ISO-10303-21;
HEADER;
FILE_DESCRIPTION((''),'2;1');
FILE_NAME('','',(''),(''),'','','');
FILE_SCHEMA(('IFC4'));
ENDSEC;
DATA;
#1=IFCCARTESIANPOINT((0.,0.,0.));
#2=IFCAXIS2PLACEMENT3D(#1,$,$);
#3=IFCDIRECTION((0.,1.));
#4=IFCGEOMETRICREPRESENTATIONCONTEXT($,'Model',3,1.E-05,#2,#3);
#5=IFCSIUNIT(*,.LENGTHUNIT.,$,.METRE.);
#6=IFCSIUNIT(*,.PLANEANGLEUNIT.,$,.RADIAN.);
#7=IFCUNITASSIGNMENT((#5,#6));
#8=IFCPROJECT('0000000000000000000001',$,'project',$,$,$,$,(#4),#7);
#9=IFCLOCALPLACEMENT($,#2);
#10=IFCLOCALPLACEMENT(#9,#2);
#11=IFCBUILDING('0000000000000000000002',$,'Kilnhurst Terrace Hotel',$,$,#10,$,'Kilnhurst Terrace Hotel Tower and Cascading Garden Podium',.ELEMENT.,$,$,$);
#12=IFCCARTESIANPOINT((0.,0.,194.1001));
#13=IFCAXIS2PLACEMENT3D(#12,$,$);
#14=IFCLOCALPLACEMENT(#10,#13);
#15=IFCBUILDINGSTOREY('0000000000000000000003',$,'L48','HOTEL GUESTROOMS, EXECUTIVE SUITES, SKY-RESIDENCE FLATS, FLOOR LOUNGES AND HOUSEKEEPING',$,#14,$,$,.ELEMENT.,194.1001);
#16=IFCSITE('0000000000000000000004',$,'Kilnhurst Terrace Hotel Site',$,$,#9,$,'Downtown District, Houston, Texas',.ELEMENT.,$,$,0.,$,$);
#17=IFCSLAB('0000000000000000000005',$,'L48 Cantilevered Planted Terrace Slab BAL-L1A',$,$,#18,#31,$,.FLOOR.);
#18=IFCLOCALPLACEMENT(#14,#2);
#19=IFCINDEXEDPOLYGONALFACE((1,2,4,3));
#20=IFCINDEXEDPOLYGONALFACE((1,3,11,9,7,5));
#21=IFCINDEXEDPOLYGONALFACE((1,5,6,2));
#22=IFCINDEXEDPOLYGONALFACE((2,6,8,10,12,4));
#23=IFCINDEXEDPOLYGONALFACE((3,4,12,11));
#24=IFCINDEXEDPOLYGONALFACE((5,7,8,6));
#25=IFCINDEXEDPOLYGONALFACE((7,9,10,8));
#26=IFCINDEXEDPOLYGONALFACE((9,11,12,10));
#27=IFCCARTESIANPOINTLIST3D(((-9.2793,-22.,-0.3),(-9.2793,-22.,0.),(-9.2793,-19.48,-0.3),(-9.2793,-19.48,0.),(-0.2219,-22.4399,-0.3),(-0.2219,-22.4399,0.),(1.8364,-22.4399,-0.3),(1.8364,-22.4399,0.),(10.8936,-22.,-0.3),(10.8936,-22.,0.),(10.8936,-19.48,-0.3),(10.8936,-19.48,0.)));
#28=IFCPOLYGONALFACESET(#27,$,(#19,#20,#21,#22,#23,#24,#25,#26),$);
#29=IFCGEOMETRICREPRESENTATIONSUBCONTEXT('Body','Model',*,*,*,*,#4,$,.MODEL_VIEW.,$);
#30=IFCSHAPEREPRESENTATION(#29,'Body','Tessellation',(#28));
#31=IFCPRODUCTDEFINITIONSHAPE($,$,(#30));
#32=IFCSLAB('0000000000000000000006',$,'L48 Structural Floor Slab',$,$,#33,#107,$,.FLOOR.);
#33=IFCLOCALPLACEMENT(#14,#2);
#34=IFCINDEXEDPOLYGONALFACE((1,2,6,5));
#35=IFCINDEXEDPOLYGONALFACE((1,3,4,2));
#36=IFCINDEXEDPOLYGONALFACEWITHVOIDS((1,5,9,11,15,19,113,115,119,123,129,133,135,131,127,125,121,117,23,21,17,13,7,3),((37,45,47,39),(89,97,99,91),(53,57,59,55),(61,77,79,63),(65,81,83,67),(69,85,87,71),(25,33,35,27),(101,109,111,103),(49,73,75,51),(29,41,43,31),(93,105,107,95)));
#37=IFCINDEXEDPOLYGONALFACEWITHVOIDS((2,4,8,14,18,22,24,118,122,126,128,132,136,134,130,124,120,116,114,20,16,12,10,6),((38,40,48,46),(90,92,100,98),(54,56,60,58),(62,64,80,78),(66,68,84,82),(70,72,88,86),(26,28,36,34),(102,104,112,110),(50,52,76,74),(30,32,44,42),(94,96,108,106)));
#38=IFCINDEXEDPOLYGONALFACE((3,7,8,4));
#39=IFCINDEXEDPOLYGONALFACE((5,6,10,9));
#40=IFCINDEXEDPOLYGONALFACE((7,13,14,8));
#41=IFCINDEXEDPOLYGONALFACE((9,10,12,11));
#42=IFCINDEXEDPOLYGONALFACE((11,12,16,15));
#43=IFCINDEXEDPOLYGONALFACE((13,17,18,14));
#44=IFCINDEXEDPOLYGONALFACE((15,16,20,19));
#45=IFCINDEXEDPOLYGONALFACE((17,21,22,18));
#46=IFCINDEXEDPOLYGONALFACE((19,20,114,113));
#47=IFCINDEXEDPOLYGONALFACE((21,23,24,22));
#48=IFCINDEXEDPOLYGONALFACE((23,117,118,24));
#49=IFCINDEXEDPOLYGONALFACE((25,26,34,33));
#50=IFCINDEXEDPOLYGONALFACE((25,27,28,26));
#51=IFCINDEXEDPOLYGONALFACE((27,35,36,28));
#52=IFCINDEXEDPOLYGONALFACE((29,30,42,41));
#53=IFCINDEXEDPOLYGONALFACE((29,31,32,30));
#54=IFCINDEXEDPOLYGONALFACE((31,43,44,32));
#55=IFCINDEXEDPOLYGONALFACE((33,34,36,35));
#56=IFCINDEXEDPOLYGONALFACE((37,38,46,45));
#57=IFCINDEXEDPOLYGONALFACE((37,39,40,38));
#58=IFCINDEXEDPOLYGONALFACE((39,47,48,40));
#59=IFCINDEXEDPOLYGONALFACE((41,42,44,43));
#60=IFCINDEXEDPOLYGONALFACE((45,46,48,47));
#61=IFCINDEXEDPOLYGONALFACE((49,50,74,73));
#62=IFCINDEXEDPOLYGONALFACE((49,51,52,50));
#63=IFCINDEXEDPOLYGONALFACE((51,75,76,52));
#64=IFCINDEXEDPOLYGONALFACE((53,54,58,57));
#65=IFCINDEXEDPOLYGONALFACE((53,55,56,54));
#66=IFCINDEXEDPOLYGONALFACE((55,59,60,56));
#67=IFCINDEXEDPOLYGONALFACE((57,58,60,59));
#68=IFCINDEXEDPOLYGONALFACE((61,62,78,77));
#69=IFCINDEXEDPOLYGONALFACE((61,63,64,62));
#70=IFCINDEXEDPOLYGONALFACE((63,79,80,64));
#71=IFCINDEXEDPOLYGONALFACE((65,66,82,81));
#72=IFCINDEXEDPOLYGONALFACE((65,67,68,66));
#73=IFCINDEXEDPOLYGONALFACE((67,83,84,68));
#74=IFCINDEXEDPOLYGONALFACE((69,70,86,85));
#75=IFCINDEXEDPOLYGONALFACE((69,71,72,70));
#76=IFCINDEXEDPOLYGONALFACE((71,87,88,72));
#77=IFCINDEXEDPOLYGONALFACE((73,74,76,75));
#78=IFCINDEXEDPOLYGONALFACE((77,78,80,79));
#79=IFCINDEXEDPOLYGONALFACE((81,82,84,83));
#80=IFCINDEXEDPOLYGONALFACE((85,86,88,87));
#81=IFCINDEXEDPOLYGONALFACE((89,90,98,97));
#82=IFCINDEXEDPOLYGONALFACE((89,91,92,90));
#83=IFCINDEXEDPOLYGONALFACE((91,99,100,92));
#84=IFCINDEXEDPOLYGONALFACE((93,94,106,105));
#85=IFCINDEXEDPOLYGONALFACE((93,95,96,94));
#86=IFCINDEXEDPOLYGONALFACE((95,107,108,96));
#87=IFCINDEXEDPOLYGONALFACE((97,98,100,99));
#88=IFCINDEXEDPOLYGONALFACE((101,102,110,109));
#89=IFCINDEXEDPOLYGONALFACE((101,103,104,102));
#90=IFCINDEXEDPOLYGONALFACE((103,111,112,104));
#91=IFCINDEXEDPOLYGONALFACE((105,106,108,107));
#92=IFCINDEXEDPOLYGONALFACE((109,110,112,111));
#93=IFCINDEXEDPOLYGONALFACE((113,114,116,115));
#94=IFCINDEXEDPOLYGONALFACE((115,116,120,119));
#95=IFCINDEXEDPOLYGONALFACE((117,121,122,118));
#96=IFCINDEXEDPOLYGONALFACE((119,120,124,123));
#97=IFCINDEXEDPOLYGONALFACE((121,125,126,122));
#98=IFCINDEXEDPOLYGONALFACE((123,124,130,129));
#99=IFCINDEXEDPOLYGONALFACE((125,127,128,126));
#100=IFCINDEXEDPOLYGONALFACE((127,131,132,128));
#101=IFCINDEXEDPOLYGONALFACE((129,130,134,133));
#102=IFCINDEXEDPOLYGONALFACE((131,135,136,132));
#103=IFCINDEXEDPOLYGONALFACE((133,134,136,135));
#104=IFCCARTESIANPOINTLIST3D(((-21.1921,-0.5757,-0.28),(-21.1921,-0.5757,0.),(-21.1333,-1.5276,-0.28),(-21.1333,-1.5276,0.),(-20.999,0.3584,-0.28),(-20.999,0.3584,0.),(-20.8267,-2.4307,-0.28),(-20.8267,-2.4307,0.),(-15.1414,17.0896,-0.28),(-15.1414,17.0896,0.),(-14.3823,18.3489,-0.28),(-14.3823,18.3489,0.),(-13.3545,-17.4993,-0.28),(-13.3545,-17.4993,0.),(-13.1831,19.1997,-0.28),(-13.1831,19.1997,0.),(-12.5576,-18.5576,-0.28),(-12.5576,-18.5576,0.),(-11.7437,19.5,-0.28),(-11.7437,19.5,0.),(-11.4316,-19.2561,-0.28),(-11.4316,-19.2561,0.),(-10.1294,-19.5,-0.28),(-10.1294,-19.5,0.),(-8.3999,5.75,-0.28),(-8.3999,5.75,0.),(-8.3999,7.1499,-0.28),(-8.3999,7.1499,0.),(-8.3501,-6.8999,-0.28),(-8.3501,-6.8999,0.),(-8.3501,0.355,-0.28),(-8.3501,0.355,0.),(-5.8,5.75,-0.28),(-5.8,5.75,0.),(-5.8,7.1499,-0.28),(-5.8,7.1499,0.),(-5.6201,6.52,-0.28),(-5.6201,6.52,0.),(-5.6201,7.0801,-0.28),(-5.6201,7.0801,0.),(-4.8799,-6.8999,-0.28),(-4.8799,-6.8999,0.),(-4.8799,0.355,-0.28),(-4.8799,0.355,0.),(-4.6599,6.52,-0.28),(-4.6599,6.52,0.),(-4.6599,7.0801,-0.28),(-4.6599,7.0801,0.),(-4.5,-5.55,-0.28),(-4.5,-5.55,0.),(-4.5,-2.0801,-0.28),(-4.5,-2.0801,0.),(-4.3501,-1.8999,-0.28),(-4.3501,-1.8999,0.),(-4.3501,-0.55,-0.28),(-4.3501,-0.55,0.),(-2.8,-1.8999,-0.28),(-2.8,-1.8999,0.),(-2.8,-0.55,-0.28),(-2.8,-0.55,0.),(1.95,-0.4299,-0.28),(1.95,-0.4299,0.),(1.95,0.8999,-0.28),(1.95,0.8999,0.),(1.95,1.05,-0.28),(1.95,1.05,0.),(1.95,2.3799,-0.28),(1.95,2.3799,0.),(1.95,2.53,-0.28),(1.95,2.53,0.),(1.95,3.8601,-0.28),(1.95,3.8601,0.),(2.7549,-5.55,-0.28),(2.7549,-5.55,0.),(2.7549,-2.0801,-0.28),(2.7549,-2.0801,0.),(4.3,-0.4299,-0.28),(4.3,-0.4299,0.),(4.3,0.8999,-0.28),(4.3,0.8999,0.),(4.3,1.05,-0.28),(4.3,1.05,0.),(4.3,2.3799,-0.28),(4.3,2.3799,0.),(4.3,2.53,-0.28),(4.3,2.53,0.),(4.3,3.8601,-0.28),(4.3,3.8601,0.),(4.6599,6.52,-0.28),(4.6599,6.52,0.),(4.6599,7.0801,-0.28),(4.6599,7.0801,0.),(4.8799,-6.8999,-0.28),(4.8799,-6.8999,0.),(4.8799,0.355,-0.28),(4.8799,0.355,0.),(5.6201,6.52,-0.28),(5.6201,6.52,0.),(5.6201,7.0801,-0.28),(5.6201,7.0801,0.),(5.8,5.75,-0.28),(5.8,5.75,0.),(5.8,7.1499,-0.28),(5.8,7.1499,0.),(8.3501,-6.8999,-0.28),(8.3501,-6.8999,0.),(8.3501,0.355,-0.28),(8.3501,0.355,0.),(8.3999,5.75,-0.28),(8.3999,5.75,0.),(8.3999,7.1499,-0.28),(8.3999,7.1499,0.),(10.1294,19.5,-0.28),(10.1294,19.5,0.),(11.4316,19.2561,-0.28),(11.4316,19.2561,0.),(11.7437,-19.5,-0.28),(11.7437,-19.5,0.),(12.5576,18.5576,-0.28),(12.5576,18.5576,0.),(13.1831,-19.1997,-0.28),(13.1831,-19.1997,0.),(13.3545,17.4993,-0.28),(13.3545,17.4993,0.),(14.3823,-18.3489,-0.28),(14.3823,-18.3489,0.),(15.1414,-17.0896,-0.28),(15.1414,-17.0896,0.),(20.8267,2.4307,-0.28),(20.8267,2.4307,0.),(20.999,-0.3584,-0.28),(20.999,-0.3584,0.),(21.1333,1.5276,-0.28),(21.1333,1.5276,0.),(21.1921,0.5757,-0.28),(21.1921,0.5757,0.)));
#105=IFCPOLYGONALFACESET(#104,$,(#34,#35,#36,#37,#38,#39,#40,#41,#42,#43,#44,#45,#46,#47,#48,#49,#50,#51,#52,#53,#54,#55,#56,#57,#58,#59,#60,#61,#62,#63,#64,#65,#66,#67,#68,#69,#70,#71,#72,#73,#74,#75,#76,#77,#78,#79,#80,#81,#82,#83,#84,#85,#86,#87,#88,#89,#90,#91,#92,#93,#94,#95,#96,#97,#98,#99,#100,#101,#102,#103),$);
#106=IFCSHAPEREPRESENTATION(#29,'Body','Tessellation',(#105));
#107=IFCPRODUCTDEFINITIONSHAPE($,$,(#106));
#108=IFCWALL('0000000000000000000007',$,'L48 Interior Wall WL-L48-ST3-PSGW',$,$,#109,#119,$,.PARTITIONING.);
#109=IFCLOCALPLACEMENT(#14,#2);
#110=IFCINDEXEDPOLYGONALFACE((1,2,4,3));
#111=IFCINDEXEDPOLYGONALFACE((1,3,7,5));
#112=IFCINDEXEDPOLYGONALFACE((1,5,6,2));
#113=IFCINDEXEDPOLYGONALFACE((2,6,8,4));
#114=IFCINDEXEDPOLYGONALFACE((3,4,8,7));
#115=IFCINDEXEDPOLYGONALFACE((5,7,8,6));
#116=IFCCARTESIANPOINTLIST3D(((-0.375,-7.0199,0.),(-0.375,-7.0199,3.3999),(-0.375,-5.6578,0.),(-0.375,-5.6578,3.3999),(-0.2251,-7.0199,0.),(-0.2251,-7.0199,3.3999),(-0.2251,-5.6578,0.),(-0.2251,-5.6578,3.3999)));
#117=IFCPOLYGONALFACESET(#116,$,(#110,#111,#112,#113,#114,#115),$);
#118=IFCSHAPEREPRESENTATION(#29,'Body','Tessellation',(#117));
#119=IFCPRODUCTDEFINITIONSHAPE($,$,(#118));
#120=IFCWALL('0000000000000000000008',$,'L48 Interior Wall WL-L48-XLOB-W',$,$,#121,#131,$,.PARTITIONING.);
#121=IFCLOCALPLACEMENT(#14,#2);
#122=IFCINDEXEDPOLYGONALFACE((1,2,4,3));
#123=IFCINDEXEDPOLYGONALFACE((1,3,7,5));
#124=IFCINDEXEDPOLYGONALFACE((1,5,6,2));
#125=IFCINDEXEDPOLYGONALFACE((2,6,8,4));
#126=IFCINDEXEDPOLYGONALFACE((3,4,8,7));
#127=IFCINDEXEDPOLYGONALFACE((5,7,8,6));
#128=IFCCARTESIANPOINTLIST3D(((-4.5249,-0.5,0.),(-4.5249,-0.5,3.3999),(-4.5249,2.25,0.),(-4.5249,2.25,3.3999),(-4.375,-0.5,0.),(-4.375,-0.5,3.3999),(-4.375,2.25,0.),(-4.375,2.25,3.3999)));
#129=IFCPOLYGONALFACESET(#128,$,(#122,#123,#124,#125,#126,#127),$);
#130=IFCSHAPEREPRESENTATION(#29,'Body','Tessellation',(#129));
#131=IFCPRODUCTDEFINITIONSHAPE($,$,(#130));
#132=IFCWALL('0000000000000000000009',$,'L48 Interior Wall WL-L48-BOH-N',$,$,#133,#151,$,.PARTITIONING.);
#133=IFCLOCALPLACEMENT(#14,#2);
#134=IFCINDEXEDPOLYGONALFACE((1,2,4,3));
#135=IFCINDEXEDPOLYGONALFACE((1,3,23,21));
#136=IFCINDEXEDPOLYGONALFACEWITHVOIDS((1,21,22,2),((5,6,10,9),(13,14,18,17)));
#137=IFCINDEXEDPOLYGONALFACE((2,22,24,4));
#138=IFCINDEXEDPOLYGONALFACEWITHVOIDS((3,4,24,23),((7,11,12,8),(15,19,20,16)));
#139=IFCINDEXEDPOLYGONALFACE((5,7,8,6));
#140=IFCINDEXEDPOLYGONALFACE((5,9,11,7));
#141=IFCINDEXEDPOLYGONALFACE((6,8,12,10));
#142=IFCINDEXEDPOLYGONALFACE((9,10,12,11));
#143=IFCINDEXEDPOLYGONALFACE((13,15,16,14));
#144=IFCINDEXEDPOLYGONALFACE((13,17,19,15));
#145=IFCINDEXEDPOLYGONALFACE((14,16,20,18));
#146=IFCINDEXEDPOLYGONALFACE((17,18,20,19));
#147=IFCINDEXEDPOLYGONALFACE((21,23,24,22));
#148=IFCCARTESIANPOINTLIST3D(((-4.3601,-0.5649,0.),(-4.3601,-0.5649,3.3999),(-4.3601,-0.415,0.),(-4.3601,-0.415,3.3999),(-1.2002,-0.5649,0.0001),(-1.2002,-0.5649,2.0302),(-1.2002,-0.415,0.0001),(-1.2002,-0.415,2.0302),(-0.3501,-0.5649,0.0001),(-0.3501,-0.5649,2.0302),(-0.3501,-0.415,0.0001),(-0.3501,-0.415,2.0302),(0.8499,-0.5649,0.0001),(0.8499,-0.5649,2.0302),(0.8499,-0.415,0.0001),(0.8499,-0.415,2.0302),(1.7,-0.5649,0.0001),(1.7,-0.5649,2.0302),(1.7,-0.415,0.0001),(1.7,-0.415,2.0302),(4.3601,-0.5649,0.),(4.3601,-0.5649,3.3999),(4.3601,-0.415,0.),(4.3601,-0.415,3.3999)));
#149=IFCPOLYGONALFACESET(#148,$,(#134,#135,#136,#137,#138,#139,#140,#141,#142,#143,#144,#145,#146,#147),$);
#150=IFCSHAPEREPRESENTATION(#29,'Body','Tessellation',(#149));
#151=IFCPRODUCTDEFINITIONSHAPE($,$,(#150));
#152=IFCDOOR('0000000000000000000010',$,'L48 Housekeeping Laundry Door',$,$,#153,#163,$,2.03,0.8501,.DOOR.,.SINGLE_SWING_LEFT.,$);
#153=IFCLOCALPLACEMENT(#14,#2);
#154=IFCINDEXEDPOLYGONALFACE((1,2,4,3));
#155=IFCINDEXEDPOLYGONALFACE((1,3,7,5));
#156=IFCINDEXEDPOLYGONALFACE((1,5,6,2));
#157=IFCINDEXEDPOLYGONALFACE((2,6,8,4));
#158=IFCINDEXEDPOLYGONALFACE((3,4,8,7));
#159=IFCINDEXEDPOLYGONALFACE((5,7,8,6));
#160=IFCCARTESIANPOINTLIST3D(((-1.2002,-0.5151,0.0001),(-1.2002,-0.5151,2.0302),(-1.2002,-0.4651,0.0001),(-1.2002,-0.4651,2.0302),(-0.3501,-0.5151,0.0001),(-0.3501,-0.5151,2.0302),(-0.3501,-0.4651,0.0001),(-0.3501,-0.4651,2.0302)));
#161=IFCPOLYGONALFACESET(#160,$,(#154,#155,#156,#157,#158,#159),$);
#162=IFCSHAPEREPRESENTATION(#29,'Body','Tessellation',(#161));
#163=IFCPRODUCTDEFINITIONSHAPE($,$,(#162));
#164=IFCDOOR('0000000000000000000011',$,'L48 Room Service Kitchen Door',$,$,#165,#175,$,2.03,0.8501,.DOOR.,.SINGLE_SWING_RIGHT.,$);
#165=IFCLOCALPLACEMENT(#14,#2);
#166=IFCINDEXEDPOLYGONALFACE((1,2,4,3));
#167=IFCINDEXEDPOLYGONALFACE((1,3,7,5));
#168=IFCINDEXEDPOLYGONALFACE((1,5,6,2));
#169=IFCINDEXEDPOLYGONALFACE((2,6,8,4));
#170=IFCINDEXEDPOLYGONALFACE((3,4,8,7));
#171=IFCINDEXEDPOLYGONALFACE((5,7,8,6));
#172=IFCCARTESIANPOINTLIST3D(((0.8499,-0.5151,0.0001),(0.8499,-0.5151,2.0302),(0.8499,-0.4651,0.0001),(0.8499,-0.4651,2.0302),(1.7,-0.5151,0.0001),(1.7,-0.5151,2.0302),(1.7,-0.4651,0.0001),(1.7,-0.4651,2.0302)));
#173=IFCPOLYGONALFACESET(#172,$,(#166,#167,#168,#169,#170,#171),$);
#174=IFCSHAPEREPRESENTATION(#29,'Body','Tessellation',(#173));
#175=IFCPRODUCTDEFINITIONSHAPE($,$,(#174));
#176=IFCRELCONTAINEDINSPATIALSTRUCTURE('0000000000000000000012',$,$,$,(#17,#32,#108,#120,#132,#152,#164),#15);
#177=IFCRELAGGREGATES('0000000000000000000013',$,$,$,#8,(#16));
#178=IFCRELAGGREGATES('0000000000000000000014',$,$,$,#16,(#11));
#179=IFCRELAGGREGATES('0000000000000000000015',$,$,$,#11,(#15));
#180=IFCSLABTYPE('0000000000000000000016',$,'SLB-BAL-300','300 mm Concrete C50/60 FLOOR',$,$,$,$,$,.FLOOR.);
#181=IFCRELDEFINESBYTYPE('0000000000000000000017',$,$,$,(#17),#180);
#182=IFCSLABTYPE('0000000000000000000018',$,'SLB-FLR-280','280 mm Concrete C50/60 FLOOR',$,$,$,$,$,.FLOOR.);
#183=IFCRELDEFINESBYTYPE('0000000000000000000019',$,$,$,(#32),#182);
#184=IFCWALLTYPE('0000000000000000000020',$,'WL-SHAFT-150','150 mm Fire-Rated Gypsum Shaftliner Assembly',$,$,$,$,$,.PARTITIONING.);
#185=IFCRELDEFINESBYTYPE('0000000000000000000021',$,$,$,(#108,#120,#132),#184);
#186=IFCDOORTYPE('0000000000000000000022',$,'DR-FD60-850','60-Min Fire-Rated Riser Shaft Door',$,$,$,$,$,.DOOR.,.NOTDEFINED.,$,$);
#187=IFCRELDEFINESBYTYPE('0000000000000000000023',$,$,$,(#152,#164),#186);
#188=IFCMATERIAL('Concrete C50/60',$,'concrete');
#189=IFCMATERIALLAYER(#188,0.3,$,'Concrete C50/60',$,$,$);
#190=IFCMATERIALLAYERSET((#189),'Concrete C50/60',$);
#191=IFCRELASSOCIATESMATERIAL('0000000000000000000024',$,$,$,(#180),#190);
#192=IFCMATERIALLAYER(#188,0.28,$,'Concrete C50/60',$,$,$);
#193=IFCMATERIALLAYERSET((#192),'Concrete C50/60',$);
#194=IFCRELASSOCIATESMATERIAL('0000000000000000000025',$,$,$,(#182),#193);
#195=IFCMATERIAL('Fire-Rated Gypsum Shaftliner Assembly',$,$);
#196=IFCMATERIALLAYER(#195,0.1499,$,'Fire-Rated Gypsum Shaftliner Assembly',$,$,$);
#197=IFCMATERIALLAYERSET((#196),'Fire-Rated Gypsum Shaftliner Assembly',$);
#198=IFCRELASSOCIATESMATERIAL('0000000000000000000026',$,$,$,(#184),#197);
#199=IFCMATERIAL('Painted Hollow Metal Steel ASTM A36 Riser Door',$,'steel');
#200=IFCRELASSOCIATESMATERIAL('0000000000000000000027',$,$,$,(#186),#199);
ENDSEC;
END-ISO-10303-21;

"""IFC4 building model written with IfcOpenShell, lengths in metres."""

from ifc_helpers import new_model, si_unit, direction, frame, frame_2d, origin, place, context, subcontext, project, spatial, polyline, rectangle, outline, extrude, material, layer, layer_set, type_object, element, fill, save


model = new_model("IFC4")

# Units and contexts
model_context = context("Model", 3, precision=1e-05, world=origin(), true_north=direction((0.0, 1.0)))
body_context = subcontext(model_context, "Body", "Model", "MODEL_VIEW")
ifc_project = project(units=[si_unit("LENGTHUNIT", "METRE"), si_unit("PLANEANGLEUNIT", "RADIAN")], contexts=[model_context])

# Site, building, storey
site_placement = place(None, origin())
site = spatial("IfcSite", under=ifc_project, at=site_placement, Name="Kilnhurst Terrace Hotel Site", LongName="Downtown District, Houston, Texas", CompositionType="ELEMENT", RefElevation=0.0)
building_placement = place(site_placement, origin())
building = spatial("IfcBuilding", under=site, at=building_placement, Name="Kilnhurst Terrace Hotel", LongName="Kilnhurst Terrace Hotel Tower and Cascading Garden Podium", CompositionType="ELEMENT")
storey_placement = place(building_placement, frame((0.0, 0.0, 194.1001)))
storey = spatial("IfcBuildingStorey", under=building, at=storey_placement, Name="L48", Description="HOTEL GUESTROOMS, EXECUTIVE SUITES, SKY-RESIDENCE FLATS, FLOOR LOUNGES AND HOUSEKEEPING", CompositionType="ELEMENT", Elevation=194.1001)

# Slabs
ifc_material_1 = material(Name="Concrete C50/60", Category="concrete")
ifc_layer_1 = layer(ifc_material_1, 0.3, Name="Concrete C50/60")
ifc_layer_set_1 = layer_set([ifc_layer_1], Name="Concrete C50/60")
slab_type_1 = type_object("IfcSlabType", Name="SLB-BAL-300", Description="300 mm Concrete C50/60 FLOOR", PredefinedType="FLOOR", material=ifc_layer_set_1)
slab_1_placement = place(storey_placement, frame((0.0, 0.0, -0.3)))
element("IfcSlab", 1, at=slab_1_placement, inside=storey, type_object=slab_type_1, Name="L48 Cantilevered Planted Terrace Slab BAL-L1A", PredefinedType="FLOOR", context=body_context, shape_type="SweptSolid", body=[
    extrude(outline(polyline([(1.8364, -22.4399), (-0.2219, -22.4399), (-9.2793, -22.0), (-9.2793, -19.48), (10.8936, -19.48), (10.8936, -22.0), (1.8364, -22.4399)])), origin(), (0.0, 0.0, 1.0), 0.3),
])
ifc_layer_2 = layer(ifc_material_1, 0.28, Name="Concrete C50/60")
ifc_layer_set_2 = layer_set([ifc_layer_2], Name="Concrete C50/60")
slab_type_2 = type_object("IfcSlabType", Name="SLB-FLR-280", Description="280 mm Concrete C50/60 FLOOR", PredefinedType="FLOOR", material=ifc_layer_set_2)
slab_2_placement = place(storey_placement, frame((0.0, 0.0, -0.28)))
element("IfcSlab", 2, at=slab_2_placement, inside=storey, type_object=slab_type_2, Name="L48 Structural Floor Slab", PredefinedType="FLOOR", context=body_context, shape_type="SweptSolid", body=[
    extrude(outline(polyline([(-13.3545, -17.4993), (-12.5576, -18.5576), (-11.4316, -19.2561), (-10.1294, -19.5), (11.7437, -19.5), (13.1831, -19.1997), (14.3823, -18.3489), (15.1414, -17.0896), (20.999, -0.3584), (21.1921, 0.5757), (21.1333, 1.5276), (20.8267, 2.4307), (13.3545, 17.4993), (12.5576, 18.5576), (11.4316, 19.2561), (10.1294, 19.5), (-11.7437, 19.5), (-13.1831, 19.1997), (-14.3823, 18.3489), (-15.1414, 17.0896), (-20.999, 0.3584), (-21.1921, -0.5757), (-21.1333, -1.5276), (-20.8267, -2.4307), (-13.3545, -17.4993)]), holes=[polyline([(2.7549, -2.0801), (2.7549, -5.55), (-4.5, -5.55), (-4.5, -2.0801), (2.7549, -2.0801)]), polyline([(-8.3501, 0.355), (-4.8799, 0.355), (-4.8799, -6.8999), (-8.3501, -6.8999), (-8.3501, 0.355)]), polyline([(-2.8, -1.8999), (-4.3501, -1.8999), (-4.3501, -0.55), (-2.8, -0.55), (-2.8, -1.8999)]), polyline([(1.95, -0.4299), (1.95, 0.8999), (4.3, 0.8999), (4.3, -0.4299), (1.95, -0.4299)]), polyline([(-8.3999, 5.75), (-8.3999, 7.1499), (-5.8, 7.1499), (-5.8, 5.75), (-8.3999, 5.75)]), polyline([(-4.6599, 6.52), (-5.6201, 6.52), (-5.6201, 7.0801), (-4.6599, 7.0801), (-4.6599, 6.52)]), polyline([(8.3501, 0.355), (8.3501, -6.8999), (4.8799, -6.8999), (4.8799, 0.355), (8.3501, 0.355)]), polyline([(1.95, 1.05), (1.95, 2.3799), (4.3, 2.3799), (4.3, 1.05), (1.95, 1.05)]), polyline([(4.3, 2.53), (1.95, 2.53), (1.95, 3.8601), (4.3, 3.8601), (4.3, 2.53)]), polyline([(5.8, 5.75), (5.8, 7.1499), (8.3999, 7.1499), (8.3999, 5.75), (5.8, 5.75)]), polyline([(4.6599, 6.52), (4.6599, 7.0801), (5.6201, 7.0801), (5.6201, 6.52), (4.6599, 6.52)])]), origin(), (0.0, 0.0, 1.0), 0.28),
])

# Walls
ifc_material_2 = material(Name="Fire-Rated Gypsum Shaftliner Assembly")
ifc_layer_3 = layer(ifc_material_2, 0.1499, Name="Fire-Rated Gypsum Shaftliner Assembly")
ifc_layer_set_3 = layer_set([ifc_layer_3], Name="Fire-Rated Gypsum Shaftliner Assembly")
wall_type_1 = type_object("IfcWallType", Name="WL-SHAFT-150", Description="150 mm Fire-Rated Gypsum Shaftliner Assembly", PredefinedType="PARTITIONING", material=ifc_layer_set_3)
wall_1_placement = place(storey_placement, frame((-0.3, -7.02, 0.0), z_axis=(0.0, 0.0, 1.0), x_axis=(0.0, 1.0, 0.0)))
element("IfcWall", 3, at=wall_1_placement, inside=storey, type_object=wall_type_1, Name="L48 Interior Wall WL-L48-ST3-PSGW", PredefinedType="PARTITIONING", context=body_context, shape_type="SweptSolid", body=[
    extrude(rectangle(XDim=1.3621, YDim=0.1499, at=frame_2d((0.6812, 0.0))), origin(), (0.0, 0.0, 1.0), 3.3999),
])
wall_2_placement = place(storey_placement, frame((-4.45, -0.5, 0.0), z_axis=(0.0, 0.0, 1.0), x_axis=(0.0, 1.0, 0.0)))
element("IfcWall", 4, at=wall_2_placement, inside=storey, type_object=wall_type_1, Name="L48 Interior Wall WL-L48-XLOB-W", PredefinedType="PARTITIONING", context=body_context, shape_type="SweptSolid", body=[
    extrude(rectangle(XDim=2.75, YDim=0.1499, at=frame_2d((1.375, 0.0))), origin(), (0.0, 0.0, 1.0), 3.3999),
])

# Wall, openings, doors
wall_3_placement = place(storey_placement, frame((-4.3601, -0.49, 0.0), z_axis=(0.0, 0.0, 1.0), x_axis=(1.0, 0.0, 0.0)))
wall_3 = element("IfcWall", 5, at=wall_3_placement, inside=storey, type_object=wall_type_1, Name="L48 Interior Wall WL-L48-BOH-N", PredefinedType="PARTITIONING", context=body_context, shape_type="SweptSolid", body=[
    extrude(rectangle(XDim=8.7202, YDim=0.1499, at=frame_2d((4.3601, 0.0))), origin(), (0.0, 0.0, 1.0), 3.3999),
])
opening_1_placement = place(wall_3_placement, frame((3.1599, 0.0, 0.0)))
opening_1 = element("IfcOpeningElement", 6, at=opening_1_placement, cuts=wall_3, PredefinedType="OPENING", context=body_context, shape_type="SweptSolid", body=[
    extrude(rectangle(XDim=0.8501, YDim=2.03, at=frame_2d((0.425, 1.0151))), frame((0.0, 0.085, 0.0), z_axis=(0.0, -1.0, 0.0), x_axis=(1.0, 0.0, 0.0)), (0.0, 0.0, 1.0), 0.1699),
])
opening_2_placement = place(wall_3_placement, frame((5.21, 0.0, 0.0)))
opening_2 = element("IfcOpeningElement", 7, at=opening_2_placement, cuts=wall_3, PredefinedType="OPENING", context=body_context, shape_type="SweptSolid", body=[
    extrude(rectangle(XDim=0.8501, YDim=2.03, at=frame_2d((0.425, 1.0151))), frame((0.0, 0.085, 0.0), z_axis=(0.0, -1.0, 0.0), x_axis=(1.0, 0.0, 0.0)), (0.0, 0.0, 1.0), 0.1699),
])
ifc_material_3 = material(Name="Painted Hollow Metal Steel ASTM A36 Riser Door", Category="steel")
door_type_1 = type_object("IfcDoorType", Name="DR-FD60-850", Description="60-Min Fire-Rated Riser Shaft Door", OperationType="NOTDEFINED", PredefinedType="DOOR", material=ifc_material_3)
door_1_placement = place(opening_1_placement, origin())
door_1 = element("IfcDoor", 8, at=door_1_placement, inside=storey, type_object=door_type_1, Name="L48 Housekeeping Laundry Door", OperationType="SINGLE_SWING_LEFT", OverallHeight=2.03, OverallWidth=0.8501, PredefinedType="DOOR", context=body_context, shape_type="SweptSolid", body=[
    extrude(rectangle(XDim=0.8501, YDim=2.03, at=frame_2d((0.425, 1.0151))), frame((0.0, 0.0249, 0.0), z_axis=(0.0, -1.0, 0.0), x_axis=(1.0, 0.0, 0.0)), (0.0, 0.0, 1.0), 0.05),
])
fill(opening_1, door_1)
door_2_placement = place(opening_2_placement, origin())
door_2 = element("IfcDoor", 9, at=door_2_placement, inside=storey, type_object=door_type_1, Name="L48 Room Service Kitchen Door", OperationType="SINGLE_SWING_RIGHT", OverallHeight=2.03, OverallWidth=0.8501, PredefinedType="DOOR", context=body_context, shape_type="SweptSolid", body=[
    extrude(rectangle(XDim=0.8501, YDim=2.03, at=frame_2d((0.425, 1.0151))), frame((0.0, 0.0249, 0.0), z_axis=(0.0, -1.0, 0.0), x_axis=(1.0, 0.0, 0.0)), (0.0, 0.0, 1.0), 0.05),
])
fill(opening_2, door_2)

save(model, "model.ifc")
